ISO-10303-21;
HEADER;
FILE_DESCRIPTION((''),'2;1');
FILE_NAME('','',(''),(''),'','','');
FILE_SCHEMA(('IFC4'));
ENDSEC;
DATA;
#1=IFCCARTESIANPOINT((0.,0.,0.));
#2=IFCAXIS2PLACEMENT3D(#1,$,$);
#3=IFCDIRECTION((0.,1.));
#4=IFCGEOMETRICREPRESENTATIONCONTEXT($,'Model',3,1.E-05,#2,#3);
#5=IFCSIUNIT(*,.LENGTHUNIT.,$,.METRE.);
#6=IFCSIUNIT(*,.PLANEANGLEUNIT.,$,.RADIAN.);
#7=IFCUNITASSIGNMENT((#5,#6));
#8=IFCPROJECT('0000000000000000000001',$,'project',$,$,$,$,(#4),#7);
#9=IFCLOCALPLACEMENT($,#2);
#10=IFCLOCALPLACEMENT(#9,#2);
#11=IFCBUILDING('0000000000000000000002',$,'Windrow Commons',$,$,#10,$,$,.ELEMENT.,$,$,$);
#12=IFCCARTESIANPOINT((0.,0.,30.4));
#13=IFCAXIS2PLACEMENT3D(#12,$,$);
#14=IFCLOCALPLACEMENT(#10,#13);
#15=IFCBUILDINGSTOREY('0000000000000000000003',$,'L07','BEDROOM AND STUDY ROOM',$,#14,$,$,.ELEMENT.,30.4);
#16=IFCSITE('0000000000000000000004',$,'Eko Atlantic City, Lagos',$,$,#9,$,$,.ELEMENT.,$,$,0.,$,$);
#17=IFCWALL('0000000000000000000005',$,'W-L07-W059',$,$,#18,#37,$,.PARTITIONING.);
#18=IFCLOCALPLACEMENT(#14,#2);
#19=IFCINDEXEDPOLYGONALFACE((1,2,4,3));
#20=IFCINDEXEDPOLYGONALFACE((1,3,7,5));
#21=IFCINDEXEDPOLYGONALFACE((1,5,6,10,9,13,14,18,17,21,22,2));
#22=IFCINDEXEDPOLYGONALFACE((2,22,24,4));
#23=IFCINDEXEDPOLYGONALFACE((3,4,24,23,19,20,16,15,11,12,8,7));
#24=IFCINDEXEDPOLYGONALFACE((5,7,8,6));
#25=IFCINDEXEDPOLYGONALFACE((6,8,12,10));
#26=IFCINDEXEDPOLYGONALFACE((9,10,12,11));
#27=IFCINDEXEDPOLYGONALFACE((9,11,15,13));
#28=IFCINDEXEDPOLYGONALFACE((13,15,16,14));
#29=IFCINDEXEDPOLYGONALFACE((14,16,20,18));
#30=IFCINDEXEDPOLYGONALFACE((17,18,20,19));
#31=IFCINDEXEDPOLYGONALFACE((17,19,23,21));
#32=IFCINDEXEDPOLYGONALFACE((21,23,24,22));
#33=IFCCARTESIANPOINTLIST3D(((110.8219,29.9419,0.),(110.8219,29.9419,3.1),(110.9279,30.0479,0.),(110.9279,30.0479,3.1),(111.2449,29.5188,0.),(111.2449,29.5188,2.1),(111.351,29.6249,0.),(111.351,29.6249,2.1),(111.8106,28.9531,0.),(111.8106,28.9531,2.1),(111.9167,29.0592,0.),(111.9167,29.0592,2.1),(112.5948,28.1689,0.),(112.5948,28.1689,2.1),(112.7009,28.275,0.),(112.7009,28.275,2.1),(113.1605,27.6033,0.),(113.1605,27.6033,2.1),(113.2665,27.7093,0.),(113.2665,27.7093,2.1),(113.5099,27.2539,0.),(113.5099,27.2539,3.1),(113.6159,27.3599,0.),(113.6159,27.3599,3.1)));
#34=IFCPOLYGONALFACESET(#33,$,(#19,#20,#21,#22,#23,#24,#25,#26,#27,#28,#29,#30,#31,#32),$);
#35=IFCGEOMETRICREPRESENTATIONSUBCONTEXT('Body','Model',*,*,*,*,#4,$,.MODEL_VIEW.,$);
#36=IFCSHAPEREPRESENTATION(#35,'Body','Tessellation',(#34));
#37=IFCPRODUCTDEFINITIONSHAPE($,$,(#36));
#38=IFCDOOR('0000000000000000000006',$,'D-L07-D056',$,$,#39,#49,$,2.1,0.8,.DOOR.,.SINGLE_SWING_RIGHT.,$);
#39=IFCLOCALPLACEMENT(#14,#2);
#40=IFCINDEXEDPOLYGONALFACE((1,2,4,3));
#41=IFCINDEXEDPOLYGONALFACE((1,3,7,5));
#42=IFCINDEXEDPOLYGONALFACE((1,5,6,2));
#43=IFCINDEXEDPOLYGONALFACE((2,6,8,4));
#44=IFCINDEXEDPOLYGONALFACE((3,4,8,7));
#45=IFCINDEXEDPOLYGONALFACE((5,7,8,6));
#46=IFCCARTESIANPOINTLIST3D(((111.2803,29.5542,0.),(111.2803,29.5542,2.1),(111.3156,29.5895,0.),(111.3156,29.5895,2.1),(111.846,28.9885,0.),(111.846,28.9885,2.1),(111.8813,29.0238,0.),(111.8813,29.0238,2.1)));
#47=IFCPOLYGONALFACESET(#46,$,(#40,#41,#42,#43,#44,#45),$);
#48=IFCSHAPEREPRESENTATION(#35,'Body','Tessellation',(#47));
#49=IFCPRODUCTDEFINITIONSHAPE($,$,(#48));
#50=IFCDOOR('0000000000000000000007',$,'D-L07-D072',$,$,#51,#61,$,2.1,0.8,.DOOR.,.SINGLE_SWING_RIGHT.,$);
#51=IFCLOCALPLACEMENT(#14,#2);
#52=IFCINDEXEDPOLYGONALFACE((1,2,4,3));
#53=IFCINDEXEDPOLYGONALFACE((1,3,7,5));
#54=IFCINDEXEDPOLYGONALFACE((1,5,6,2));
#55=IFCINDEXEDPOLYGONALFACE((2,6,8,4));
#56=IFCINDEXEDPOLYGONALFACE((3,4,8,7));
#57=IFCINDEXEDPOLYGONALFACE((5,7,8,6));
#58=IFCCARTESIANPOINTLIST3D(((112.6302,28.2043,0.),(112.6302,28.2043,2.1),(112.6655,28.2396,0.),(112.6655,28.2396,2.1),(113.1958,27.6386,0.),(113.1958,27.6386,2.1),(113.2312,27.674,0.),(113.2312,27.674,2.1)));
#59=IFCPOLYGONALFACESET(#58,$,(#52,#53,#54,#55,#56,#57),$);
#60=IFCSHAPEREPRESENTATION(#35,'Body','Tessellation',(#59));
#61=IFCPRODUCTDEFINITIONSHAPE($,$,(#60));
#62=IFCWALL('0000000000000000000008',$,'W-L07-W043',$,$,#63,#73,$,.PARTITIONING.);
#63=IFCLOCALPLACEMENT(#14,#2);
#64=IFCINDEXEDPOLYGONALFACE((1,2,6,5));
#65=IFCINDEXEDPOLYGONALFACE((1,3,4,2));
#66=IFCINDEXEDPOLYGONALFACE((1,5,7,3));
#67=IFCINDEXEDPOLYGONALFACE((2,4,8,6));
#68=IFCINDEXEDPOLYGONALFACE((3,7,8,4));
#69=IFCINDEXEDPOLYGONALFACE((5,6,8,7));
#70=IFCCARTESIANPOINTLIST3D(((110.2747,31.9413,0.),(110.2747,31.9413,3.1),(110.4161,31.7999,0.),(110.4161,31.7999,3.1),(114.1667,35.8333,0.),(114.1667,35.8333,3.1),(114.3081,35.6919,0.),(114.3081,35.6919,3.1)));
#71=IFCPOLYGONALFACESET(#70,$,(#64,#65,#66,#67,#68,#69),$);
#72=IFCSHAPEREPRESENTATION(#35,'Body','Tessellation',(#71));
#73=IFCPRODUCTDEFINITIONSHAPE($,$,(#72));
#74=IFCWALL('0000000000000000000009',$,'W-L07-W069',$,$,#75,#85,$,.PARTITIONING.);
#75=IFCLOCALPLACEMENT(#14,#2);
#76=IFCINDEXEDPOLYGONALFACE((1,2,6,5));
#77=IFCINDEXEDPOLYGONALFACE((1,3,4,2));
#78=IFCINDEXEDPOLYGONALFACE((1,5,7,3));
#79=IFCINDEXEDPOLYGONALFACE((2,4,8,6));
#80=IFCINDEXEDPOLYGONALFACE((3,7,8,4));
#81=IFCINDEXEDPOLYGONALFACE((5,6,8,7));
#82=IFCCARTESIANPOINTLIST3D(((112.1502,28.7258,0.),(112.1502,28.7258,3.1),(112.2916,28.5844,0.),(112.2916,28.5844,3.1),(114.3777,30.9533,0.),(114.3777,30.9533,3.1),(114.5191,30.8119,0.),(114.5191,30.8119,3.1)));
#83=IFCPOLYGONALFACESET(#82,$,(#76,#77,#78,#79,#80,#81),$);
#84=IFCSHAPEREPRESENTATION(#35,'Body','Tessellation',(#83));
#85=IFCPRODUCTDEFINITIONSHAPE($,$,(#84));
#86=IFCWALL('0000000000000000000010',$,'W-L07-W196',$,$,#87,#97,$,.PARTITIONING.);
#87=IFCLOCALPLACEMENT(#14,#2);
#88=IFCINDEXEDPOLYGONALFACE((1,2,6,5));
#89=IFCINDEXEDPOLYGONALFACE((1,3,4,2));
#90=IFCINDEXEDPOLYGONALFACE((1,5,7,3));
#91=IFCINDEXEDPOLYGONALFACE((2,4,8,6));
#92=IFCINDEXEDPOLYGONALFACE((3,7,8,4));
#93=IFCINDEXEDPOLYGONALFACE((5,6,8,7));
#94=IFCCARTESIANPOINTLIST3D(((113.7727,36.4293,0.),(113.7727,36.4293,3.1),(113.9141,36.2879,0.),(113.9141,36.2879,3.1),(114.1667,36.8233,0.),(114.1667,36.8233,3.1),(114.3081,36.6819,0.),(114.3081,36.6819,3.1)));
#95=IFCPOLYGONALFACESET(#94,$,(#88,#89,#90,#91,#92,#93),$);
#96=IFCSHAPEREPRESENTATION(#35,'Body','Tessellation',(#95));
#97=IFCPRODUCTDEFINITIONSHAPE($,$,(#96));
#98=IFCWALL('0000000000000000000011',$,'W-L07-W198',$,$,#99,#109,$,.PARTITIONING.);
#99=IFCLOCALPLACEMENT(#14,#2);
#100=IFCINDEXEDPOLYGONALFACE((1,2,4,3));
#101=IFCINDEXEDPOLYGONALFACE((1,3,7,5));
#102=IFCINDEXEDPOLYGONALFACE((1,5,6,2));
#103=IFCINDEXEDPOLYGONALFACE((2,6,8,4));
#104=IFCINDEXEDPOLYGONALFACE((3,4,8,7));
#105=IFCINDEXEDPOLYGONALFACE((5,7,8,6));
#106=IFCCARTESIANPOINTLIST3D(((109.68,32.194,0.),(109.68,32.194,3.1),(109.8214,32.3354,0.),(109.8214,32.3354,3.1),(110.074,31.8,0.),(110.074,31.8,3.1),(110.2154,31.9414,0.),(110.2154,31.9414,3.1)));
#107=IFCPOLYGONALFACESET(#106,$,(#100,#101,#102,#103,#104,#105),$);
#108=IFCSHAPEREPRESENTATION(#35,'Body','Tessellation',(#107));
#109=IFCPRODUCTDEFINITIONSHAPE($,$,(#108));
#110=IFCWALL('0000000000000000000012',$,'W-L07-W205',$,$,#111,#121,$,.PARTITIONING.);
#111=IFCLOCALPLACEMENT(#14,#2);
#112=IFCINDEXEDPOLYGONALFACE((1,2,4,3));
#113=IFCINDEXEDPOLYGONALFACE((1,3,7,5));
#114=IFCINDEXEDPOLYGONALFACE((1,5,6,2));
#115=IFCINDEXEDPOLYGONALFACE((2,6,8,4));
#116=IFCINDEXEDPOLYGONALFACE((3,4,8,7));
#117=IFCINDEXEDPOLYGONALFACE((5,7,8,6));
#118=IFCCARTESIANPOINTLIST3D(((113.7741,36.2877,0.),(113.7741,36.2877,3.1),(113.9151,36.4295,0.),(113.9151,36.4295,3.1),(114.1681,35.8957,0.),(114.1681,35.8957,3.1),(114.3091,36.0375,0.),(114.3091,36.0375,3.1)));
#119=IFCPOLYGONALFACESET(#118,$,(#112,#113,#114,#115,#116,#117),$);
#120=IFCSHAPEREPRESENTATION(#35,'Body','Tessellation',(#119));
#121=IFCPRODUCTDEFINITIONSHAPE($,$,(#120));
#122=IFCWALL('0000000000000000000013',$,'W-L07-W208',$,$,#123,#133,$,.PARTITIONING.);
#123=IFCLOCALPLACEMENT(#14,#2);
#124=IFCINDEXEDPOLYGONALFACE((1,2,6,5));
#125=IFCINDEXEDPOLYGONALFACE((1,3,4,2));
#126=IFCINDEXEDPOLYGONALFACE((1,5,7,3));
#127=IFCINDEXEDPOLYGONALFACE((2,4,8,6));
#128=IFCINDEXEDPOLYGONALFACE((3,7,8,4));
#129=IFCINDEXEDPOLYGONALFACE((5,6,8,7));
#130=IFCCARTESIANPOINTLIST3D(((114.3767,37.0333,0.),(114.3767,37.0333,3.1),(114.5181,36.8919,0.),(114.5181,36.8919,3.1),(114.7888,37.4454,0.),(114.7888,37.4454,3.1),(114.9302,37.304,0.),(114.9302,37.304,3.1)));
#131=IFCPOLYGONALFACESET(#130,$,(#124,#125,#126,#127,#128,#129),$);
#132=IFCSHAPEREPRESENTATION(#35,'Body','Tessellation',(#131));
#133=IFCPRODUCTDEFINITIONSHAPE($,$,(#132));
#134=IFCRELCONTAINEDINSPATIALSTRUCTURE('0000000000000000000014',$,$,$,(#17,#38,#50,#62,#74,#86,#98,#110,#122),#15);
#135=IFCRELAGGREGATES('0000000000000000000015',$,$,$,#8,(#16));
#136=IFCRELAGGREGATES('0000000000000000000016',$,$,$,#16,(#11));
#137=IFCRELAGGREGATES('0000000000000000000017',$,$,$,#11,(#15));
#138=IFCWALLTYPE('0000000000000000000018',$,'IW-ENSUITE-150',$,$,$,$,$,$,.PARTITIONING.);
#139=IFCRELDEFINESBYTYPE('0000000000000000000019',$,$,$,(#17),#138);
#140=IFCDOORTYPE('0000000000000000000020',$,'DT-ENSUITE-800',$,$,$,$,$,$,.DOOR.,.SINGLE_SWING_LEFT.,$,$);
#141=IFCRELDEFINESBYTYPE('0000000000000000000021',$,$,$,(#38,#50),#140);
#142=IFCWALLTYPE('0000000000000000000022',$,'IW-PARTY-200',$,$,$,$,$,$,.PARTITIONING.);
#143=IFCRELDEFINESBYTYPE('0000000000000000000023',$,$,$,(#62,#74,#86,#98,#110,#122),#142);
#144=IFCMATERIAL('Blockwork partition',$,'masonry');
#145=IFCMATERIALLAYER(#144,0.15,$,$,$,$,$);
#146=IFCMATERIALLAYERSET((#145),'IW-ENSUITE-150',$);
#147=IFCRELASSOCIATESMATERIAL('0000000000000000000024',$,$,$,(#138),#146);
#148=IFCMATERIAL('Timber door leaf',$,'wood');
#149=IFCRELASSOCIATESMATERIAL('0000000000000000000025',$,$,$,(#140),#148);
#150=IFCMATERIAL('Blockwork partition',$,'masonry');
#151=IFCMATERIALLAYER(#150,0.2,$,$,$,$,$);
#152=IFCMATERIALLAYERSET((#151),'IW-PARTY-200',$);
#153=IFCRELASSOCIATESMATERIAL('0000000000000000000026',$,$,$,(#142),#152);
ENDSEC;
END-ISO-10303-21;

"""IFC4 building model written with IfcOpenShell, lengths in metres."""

from ifc_helpers import new_model, si_unit, direction, frame, frame_2d, origin, place, context, subcontext, project, spatial, rectangle, extrude, material, layer, layer_set, type_object, element, fill, save


model = new_model("IFC4")

# Units and contexts
model_context = context("Model", 3, precision=1e-05, world=origin(), true_north=direction((0.0, 1.0)))
body_context = subcontext(model_context, "Body", "Model", "MODEL_VIEW")
ifc_project = project(units=[si_unit("LENGTHUNIT", "METRE"), si_unit("PLANEANGLEUNIT", "RADIAN")], contexts=[model_context])

# Site, building, storey
site_placement = place(None, origin())
site = spatial("IfcSite", under=ifc_project, at=site_placement, Name="Eko Atlantic City, Lagos", CompositionType="ELEMENT", RefElevation=0.0)
building_placement = place(site_placement, origin())
building = spatial("IfcBuilding", under=site, at=building_placement, Name="Windrow Commons", CompositionType="ELEMENT")
storey_placement = place(building_placement, frame((0.0, 0.0, 30.4)))
storey = spatial("IfcBuildingStorey", under=building, at=storey_placement, Name="L07", Description="BEDROOM AND STUDY ROOM", CompositionType="ELEMENT", Elevation=30.4)

# Wall, openings, doors
ifc_material_1 = material(Name="Blockwork partition", Category="masonry")
ifc_layer_1 = layer(ifc_material_1, 0.15)
ifc_layer_set_1 = layer_set([ifc_layer_1], Name="IW-ENSUITE-150")
wall_type_1 = type_object("IfcWallType", Name="IW-ENSUITE-150", PredefinedType="PARTITIONING", material=ifc_layer_set_1)
wall_1_placement = place(storey_placement, frame((110.8749, 29.9949, 0.0), z_axis=(0.0, 0.0, 1.0), x_axis=(0.707107, -0.707107, 0.0)))
wall_1 = element("IfcWall", 1, at=wall_1_placement, inside=storey, type_object=wall_type_1, Name="W-L07-W059", PredefinedType="PARTITIONING", context=body_context, shape_type="SweptSolid", body=[
    extrude(rectangle(XDim=3.8014, YDim=0.15, at=frame_2d((1.9007, 0.0))), origin(), (0.0, 0.0, 1.0), 3.1),
])
opening_1_placement = place(wall_1_placement, frame((0.5983, 0.0, 0.0)))
opening_1 = element("IfcOpeningElement", 2, at=opening_1_placement, cuts=wall_1, PredefinedType="OPENING", context=body_context, shape_type="SweptSolid", body=[
    extrude(rectangle(XDim=0.8, YDim=2.1, at=frame_2d((0.4, 1.05))), frame((0.0, 0.085, 0.0), z_axis=(0.0, -1.0, 0.0), x_axis=(1.0, 0.0, 0.0)), (0.0, 0.0, 1.0), 0.17),
])
opening_2_placement = place(wall_1_placement, frame((2.5073, 0.0, 0.0)))
opening_2 = element("IfcOpeningElement", 3, at=opening_2_placement, cuts=wall_1, PredefinedType="OPENING", context=body_context, shape_type="SweptSolid", body=[
    extrude(rectangle(XDim=0.8, YDim=2.1, at=frame_2d((0.4, 1.05))), frame((0.0, 0.085, 0.0), z_axis=(0.0, -1.0, 0.0), x_axis=(1.0, 0.0, 0.0)), (0.0, 0.0, 1.0), 0.17),
])
ifc_material_2 = material(Name="Timber door leaf", Category="wood")
door_type = type_object("IfcDoorType", Name="DT-ENSUITE-800", OperationType="SINGLE_SWING_LEFT", PredefinedType="DOOR", material=ifc_material_2)
door_1_placement = place(opening_1_placement, origin())
door_1 = element("IfcDoor", 4, at=door_1_placement, inside=storey, type_object=door_type, Name="D-L07-D056", OperationType="SINGLE_SWING_RIGHT", OverallHeight=2.1, OverallWidth=0.8, PredefinedType="DOOR", context=body_context, shape_type="SweptSolid", body=[
    extrude(rectangle(XDim=0.8, YDim=2.1, at=frame_2d((0.4, 1.05))), frame((0.0, 0.025, 0.0), z_axis=(0.0, -1.0, 0.0), x_axis=(1.0, 0.0, 0.0)), (0.0, 0.0, 1.0), 0.05),
])
fill(opening_1, door_1)
door_2_placement = place(opening_2_placement, origin())
door_2 = element("IfcDoor", 5, at=door_2_placement, inside=storey, type_object=door_type, Name="D-L07-D072", OperationType="SINGLE_SWING_RIGHT", OverallHeight=2.1, OverallWidth=0.8, PredefinedType="DOOR", context=body_context, shape_type="SweptSolid", body=[
    extrude(rectangle(XDim=0.8, YDim=2.1, at=frame_2d((0.4, 1.05))), frame((0.0, 0.025, 0.0), z_axis=(0.0, -1.0, 0.0), x_axis=(1.0, 0.0, 0.0)), (0.0, 0.0, 1.0), 0.05),
])
fill(opening_2, door_2)

# Walls
ifc_material_3 = material(Name="Blockwork partition", Category="masonry")
ifc_layer_2 = layer(ifc_material_3, 0.2)
ifc_layer_set_2 = layer_set([ifc_layer_2], Name="IW-PARTY-200")
wall_type_2 = type_object("IfcWallType", Name="IW-PARTY-200", PredefinedType="PARTITIONING", material=ifc_layer_set_2)
wall_2_placement = place(storey_placement, frame((110.3454, 31.8706, 0.0), z_axis=(0.0, 0.0, 1.0), x_axis=(0.707107, 0.707107, 0.0)))
element("IfcWall", 6, at=wall_2_placement, inside=storey, type_object=wall_type_2, Name="W-L07-W043", PredefinedType="PARTITIONING", context=body_context, shape_type="SweptSolid", body=[
    extrude(rectangle(XDim=5.5041, YDim=0.2, at=frame_2d((2.7521, 0.0))), origin(), (0.0, 0.0, 1.0), 3.1),
])
wall_3_placement = place(storey_placement, frame((112.2209, 28.6551, 0.0), z_axis=(0.0, 0.0, 1.0), x_axis=(0.707107, 0.707107, 0.0)))
element("IfcWall", 7, at=wall_3_placement, inside=storey, type_object=wall_type_2, Name="W-L07-W069", PredefinedType="PARTITIONING", context=body_context, shape_type="SweptSolid", body=[
    extrude(rectangle(XDim=3.1502, YDim=0.2, at=frame_2d((1.5751, 0.0))), origin(), (0.0, 0.0, 1.0), 3.1),
])
for number, where, z_axis, x_axis, name in (
    (8, (113.8434, 36.3586, 0.0), (0.0, 0.0, 1.0), (0.707107, 0.707107, 0.0), "W-L07-W196"),
    (9, (109.7507, 32.2647, 0.0), (0.0, 0.0, 1.0), (0.707107, -0.707107, 0.0), "W-L07-W198"),
):
    element("IfcWall", number, at=place(storey_placement, frame(where, z_axis=z_axis, x_axis=x_axis)), inside=storey, type_object=wall_type_2, Name=name, PredefinedType="PARTITIONING", context=body_context, shape_type="SweptSolid", body=[
        extrude(rectangle(XDim=0.5572, YDim=0.2, at=frame_2d((0.2786, 0.0))), origin(), (0.0, 0.0, 1.0), 3.1),
    ])
wall_4_placement = place(storey_placement, frame((113.8446, 36.3586, 0.0), z_axis=(0.0, 0.0, 1.0), x_axis=(0.708904, -0.705305, 0.0)))
element("IfcWall", 10, at=wall_4_placement, inside=storey, type_object=wall_type_2, Name="W-L07-W205", PredefinedType="PARTITIONING", context=body_context, shape_type="SweptSolid", body=[
    extrude(rectangle(XDim=0.5558, YDim=0.2, at=frame_2d((0.2779, 0.0))), origin(), (0.0, 0.0, 1.0), 3.1),
])
wall_5_placement = place(storey_placement, frame((114.4474, 36.9626, 0.0), z_axis=(0.0, 0.0, 1.0), x_axis=(0.707107, 0.707107, 0.0)))
element("IfcWall", 11, at=wall_5_placement, inside=storey, type_object=wall_type_2, Name="W-L07-W208", PredefinedType="PARTITIONING", context=body_context, shape_type="SweptSolid", body=[
    extrude(rectangle(XDim=0.5828, YDim=0.2, at=frame_2d((0.2914, 0.0))), origin(), (0.0, 0.0, 1.0), 3.1),
])

save(model, "model.ifc")
